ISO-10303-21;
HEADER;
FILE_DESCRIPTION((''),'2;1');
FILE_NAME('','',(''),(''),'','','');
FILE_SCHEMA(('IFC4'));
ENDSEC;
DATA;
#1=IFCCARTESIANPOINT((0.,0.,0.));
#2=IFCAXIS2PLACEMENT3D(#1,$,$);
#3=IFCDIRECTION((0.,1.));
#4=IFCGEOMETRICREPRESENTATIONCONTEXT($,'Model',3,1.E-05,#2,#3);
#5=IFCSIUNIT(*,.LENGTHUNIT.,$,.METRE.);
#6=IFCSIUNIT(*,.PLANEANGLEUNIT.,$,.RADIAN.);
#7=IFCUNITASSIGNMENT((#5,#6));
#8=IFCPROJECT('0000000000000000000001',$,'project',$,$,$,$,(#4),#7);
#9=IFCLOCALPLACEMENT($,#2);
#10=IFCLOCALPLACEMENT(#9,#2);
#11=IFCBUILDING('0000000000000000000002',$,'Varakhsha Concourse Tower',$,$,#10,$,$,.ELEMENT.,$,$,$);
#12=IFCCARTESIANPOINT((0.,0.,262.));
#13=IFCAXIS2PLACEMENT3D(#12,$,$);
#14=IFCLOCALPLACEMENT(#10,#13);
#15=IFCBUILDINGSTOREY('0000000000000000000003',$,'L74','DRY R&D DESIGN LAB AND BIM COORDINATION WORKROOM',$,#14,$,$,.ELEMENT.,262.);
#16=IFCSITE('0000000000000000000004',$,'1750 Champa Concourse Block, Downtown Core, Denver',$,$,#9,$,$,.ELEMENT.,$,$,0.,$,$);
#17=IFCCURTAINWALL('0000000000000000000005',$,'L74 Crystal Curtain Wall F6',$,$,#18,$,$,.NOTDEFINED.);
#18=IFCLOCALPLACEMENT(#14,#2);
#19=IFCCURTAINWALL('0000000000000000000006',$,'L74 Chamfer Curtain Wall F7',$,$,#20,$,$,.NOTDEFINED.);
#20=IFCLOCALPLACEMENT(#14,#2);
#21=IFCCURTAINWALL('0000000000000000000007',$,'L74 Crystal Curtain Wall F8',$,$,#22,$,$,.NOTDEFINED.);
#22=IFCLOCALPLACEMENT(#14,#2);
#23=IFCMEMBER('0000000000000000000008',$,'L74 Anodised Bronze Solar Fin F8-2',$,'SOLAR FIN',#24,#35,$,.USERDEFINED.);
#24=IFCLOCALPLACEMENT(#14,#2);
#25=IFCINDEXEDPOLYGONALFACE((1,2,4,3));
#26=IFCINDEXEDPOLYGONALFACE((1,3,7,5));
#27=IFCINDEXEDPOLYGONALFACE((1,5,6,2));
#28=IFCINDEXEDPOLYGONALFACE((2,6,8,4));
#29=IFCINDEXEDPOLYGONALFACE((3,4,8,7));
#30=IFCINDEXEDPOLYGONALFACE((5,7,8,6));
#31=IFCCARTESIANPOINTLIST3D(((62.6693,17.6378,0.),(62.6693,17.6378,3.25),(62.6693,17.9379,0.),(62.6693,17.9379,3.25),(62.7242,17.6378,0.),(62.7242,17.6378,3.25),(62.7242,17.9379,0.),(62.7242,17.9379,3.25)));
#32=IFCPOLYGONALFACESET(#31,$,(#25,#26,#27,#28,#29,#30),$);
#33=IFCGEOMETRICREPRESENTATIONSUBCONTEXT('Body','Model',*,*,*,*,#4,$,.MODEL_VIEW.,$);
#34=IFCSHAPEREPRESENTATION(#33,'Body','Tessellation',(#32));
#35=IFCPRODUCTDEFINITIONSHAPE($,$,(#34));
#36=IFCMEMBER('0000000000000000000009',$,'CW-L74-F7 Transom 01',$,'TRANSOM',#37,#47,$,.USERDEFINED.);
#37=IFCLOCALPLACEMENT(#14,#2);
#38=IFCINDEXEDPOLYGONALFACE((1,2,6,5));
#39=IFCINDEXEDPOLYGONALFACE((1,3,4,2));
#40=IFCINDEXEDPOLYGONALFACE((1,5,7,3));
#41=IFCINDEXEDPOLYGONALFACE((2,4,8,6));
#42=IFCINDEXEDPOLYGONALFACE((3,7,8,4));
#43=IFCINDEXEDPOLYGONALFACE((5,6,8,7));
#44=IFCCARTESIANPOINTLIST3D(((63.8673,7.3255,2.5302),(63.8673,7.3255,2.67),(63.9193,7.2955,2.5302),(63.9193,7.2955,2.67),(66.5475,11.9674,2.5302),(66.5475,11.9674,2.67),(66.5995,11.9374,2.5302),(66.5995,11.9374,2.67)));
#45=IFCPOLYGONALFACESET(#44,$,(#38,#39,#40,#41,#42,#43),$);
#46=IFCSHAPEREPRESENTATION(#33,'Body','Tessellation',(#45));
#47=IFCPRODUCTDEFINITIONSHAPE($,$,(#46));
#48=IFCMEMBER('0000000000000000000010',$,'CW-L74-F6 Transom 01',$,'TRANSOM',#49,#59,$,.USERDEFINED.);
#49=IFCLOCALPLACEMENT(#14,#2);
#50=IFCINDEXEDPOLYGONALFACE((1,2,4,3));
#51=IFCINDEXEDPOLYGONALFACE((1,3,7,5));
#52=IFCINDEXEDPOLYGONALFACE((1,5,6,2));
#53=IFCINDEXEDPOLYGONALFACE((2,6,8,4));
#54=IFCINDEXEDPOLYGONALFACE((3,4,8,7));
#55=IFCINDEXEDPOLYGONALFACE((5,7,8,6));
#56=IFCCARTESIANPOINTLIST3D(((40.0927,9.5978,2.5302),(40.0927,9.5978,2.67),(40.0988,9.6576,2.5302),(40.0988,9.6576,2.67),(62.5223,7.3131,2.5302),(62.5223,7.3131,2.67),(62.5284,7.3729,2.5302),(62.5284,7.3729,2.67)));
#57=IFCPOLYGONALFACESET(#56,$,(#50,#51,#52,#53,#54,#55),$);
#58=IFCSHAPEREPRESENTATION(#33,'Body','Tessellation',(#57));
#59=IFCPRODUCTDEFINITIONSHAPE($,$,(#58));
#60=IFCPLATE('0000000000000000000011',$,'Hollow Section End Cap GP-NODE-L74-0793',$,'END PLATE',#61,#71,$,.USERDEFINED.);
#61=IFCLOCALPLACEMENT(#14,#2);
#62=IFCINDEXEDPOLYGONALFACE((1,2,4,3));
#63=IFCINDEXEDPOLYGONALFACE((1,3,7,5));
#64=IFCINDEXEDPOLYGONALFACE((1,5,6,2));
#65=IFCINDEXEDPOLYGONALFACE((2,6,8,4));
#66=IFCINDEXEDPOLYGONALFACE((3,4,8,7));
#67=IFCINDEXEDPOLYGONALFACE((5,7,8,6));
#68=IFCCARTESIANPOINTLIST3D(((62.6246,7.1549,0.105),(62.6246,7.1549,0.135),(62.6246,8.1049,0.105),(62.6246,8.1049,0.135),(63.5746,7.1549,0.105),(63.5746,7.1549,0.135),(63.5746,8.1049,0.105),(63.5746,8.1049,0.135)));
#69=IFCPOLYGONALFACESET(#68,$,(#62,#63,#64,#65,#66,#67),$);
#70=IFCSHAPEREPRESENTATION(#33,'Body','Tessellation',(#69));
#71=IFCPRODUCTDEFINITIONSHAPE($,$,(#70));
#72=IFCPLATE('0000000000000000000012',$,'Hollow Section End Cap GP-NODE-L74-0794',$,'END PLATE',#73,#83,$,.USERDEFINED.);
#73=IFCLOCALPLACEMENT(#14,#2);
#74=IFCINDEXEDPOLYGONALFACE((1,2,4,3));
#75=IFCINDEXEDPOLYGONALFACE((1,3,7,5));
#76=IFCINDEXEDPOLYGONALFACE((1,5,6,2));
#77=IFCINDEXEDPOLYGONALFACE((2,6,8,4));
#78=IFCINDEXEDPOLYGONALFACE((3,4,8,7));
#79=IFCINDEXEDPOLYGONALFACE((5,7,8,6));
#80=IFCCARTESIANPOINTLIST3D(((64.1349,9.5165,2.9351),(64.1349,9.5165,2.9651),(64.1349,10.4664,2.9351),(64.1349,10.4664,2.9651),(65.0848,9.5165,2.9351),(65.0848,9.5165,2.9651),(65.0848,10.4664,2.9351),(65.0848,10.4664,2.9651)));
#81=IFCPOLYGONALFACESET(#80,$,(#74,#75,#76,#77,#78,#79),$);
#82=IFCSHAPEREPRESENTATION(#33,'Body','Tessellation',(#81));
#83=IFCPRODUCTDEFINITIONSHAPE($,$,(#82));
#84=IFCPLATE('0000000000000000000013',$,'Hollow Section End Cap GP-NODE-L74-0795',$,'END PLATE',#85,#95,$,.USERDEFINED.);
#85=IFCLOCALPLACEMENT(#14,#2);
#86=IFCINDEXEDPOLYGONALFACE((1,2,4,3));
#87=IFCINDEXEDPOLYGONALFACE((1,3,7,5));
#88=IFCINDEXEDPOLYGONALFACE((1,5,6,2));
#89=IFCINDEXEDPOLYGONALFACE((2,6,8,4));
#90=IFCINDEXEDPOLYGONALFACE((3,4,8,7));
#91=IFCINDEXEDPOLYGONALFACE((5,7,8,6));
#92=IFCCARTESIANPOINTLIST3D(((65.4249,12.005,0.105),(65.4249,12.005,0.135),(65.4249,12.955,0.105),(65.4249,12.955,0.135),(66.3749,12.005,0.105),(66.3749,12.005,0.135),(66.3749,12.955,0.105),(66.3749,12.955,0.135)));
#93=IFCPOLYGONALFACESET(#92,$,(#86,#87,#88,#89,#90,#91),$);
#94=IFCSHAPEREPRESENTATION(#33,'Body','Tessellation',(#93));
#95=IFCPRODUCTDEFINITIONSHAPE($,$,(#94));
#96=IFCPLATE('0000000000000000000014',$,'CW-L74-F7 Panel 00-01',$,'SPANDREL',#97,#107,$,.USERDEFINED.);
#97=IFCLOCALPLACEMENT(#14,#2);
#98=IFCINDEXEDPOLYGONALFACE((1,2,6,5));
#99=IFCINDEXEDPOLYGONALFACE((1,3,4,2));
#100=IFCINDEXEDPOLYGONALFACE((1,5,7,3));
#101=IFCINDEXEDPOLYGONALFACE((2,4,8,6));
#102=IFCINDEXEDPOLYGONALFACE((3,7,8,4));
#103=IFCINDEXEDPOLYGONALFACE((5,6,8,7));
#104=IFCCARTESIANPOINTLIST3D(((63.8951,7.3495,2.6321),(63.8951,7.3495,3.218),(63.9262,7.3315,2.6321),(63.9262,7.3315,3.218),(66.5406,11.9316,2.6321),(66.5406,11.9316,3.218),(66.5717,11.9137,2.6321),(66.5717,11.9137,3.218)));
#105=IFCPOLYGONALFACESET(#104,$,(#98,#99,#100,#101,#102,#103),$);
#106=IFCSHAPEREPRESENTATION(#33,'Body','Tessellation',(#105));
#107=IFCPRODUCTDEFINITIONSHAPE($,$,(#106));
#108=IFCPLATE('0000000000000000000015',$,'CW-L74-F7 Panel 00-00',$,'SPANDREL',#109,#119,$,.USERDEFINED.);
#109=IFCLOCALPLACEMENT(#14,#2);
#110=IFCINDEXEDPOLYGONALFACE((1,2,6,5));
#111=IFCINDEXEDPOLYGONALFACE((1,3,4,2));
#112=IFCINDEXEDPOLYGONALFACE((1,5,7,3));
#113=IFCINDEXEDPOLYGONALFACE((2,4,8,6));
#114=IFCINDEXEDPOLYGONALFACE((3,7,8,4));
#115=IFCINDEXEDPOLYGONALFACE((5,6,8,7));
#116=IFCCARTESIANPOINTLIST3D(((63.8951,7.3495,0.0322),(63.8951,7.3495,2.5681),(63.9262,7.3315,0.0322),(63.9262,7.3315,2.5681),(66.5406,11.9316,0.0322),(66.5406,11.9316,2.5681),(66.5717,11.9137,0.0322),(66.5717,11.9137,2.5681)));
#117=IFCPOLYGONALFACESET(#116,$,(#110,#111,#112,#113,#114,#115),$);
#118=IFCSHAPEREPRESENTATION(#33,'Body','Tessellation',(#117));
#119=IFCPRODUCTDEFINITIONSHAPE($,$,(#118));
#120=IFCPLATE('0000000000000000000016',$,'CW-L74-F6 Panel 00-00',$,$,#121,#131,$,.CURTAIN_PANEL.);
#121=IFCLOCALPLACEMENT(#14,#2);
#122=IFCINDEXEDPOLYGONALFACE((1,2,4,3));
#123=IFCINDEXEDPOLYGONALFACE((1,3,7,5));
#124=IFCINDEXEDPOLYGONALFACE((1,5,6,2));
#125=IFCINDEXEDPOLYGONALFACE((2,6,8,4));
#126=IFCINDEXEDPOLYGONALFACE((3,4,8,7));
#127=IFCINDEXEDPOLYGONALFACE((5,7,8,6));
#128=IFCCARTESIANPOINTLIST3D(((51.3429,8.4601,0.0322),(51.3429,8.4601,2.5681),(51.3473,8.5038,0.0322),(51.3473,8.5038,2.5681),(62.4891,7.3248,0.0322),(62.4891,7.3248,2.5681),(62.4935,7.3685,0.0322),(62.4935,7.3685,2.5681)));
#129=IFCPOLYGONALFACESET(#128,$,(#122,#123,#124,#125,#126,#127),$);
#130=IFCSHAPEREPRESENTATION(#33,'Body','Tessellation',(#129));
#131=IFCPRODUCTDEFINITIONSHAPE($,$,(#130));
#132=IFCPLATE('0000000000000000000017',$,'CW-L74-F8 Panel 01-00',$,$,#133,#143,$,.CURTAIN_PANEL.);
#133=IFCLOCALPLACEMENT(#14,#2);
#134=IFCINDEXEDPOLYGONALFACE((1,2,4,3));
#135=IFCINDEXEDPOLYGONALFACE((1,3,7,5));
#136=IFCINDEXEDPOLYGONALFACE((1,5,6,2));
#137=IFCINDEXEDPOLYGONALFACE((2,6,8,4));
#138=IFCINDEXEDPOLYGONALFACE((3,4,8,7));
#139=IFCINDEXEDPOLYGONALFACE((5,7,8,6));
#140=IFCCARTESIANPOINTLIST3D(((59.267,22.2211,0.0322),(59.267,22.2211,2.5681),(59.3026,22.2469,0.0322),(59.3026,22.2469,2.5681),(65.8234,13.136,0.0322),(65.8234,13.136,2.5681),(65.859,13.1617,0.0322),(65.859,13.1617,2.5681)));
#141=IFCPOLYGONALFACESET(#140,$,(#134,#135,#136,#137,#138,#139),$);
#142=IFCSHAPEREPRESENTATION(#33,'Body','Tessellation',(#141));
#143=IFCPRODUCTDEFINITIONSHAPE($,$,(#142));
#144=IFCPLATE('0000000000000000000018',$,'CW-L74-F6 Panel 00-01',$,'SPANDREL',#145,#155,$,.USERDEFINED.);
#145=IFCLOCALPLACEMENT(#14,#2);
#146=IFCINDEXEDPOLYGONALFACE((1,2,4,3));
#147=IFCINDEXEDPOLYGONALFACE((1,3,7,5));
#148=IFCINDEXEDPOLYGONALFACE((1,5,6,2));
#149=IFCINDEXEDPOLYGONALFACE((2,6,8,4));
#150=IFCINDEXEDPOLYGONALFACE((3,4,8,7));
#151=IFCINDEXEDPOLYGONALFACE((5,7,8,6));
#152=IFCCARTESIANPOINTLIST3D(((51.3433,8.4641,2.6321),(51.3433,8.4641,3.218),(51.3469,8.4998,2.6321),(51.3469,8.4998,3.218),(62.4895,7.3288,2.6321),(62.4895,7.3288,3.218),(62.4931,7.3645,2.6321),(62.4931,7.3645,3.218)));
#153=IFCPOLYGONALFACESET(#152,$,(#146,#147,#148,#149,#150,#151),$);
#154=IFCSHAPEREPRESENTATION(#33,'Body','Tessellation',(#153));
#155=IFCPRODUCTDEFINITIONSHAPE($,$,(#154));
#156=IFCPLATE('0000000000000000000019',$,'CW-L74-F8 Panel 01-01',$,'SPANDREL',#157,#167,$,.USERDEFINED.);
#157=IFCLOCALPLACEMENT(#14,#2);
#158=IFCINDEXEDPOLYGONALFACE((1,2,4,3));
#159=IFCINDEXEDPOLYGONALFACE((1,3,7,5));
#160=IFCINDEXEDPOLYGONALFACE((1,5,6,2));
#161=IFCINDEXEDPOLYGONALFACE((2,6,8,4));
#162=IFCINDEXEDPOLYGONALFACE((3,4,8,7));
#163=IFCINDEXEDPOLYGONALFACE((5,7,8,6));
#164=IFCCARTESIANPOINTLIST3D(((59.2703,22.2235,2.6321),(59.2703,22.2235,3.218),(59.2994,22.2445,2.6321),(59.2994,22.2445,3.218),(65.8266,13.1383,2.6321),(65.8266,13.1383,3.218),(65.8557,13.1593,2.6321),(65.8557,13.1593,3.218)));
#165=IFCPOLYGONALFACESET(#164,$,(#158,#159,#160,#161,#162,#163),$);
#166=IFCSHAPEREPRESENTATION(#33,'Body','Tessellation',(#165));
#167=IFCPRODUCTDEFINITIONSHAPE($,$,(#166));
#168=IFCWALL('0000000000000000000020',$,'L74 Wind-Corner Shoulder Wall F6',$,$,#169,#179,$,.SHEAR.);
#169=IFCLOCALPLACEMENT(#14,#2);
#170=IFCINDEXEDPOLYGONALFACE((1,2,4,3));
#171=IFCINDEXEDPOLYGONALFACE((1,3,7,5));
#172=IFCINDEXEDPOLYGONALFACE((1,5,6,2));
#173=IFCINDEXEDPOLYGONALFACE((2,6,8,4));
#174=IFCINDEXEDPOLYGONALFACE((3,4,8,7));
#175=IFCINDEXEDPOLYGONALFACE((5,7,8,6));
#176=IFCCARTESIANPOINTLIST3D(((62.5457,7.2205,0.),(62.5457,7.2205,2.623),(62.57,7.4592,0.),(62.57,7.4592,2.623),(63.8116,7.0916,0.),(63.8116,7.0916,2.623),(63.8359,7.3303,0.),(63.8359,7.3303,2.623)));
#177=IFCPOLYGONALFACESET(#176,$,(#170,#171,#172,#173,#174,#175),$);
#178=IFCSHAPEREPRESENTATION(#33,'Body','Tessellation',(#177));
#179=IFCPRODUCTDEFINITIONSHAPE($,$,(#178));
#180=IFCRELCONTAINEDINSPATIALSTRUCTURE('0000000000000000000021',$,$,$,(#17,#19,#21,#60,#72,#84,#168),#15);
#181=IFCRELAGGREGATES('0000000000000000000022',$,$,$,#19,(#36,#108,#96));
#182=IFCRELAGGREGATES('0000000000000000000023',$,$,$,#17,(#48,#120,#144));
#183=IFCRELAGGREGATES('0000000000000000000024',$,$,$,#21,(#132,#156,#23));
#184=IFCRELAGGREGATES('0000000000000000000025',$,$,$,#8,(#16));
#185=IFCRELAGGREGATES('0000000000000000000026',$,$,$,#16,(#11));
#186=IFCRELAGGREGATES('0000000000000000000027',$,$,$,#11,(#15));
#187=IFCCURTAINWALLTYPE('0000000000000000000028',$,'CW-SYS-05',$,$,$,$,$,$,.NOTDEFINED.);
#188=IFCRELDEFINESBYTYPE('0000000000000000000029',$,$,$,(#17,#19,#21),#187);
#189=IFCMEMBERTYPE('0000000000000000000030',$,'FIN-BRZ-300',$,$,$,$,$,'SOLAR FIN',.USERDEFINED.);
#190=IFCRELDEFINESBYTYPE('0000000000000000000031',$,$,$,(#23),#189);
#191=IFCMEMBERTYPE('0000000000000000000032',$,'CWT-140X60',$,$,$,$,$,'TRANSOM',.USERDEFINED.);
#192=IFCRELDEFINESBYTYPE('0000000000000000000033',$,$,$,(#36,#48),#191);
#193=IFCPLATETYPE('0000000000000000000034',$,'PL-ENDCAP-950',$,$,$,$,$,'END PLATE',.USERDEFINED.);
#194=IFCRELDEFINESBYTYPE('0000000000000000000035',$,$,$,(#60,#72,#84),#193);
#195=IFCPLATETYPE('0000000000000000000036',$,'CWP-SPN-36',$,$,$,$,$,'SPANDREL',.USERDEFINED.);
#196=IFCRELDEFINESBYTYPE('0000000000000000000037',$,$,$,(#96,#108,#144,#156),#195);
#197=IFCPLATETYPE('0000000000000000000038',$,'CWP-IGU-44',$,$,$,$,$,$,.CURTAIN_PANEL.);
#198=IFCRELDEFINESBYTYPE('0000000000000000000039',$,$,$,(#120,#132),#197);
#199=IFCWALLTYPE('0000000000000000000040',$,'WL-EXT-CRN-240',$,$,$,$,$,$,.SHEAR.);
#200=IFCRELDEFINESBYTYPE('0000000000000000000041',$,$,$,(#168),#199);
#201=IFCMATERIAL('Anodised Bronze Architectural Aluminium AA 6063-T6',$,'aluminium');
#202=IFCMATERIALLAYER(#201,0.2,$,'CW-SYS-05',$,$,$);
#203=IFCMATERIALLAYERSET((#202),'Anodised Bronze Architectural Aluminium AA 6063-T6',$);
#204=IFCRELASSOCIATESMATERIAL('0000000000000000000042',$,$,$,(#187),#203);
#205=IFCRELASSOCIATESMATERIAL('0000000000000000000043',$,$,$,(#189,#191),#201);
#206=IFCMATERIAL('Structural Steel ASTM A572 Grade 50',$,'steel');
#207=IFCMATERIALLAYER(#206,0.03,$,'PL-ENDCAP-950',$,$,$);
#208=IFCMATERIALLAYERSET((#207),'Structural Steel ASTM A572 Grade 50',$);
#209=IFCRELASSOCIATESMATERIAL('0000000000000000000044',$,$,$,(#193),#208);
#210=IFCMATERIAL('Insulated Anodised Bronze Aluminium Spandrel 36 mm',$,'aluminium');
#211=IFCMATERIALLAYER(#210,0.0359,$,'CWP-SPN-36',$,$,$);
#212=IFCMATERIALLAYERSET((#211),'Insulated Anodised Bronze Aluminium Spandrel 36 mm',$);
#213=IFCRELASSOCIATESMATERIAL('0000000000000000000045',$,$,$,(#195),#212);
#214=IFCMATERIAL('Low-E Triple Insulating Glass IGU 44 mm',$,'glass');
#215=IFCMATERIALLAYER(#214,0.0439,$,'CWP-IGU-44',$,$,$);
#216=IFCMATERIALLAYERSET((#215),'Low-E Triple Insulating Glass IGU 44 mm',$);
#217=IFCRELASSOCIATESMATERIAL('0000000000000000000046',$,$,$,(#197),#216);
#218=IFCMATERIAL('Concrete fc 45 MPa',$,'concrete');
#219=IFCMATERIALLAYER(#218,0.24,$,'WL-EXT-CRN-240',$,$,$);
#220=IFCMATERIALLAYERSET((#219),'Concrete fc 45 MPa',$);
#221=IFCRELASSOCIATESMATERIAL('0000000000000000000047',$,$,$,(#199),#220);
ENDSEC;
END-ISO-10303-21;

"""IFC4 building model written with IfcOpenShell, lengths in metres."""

from ifc_helpers import new_model, si_unit, direction, frame, frame_2d, origin, origin_2d, place, context, subcontext, project, spatial, rectangle, extrude, source, transform, mapped, material, layer, layer_set, material_profile, profile_set, type_object, type_shapes, element, aggregate, save


model = new_model("IFC4")

# Units and contexts
model_context = context("Model", 3, precision=1e-05, world=origin(), true_north=direction((0.0, 1.0)))
body_context = subcontext(model_context, "Body", "Model", "MODEL_VIEW")
ifc_project = project(units=[si_unit("LENGTHUNIT", "METRE"), si_unit("PLANEANGLEUNIT", "RADIAN")], contexts=[model_context])

# Site, building, storey
site_placement = place(None, origin())
site = spatial("IfcSite", under=ifc_project, at=site_placement, Name="1750 Champa Concourse Block, Downtown Core, Denver", CompositionType="ELEMENT", RefElevation=0.0)
building_placement = place(site_placement, origin())
building = spatial("IfcBuilding", under=site, at=building_placement, Name="Varakhsha Concourse Tower", CompositionType="ELEMENT")
storey_placement = place(building_placement, frame((0.0, 0.0, 262.0)))
storey = spatial("IfcBuildingStorey", under=building, at=storey_placement, Name="L74", Description="DRY R&D DESIGN LAB AND BIM COORDINATION WORKROOM", CompositionType="ELEMENT", Elevation=262.0)

# Shared definitions
ifc_material_1 = material(Name="Structural Steel ASTM A572 Grade 50", Category="steel")

# Curtain wall
ifc_material_2 = material(Name="Anodised Bronze Architectural Aluminium AA 6063-T6", Category="aluminium")
ifc_layer_1 = layer(ifc_material_2, 0.2, Name="CW-SYS-05")
ifc_layer_set_1 = layer_set([ifc_layer_1], Name="Anodised Bronze Architectural Aluminium AA 6063-T6")
curtain_wall_type = type_object("IfcCurtainWallType", Name="CW-SYS-05", PredefinedType="NOTDEFINED", material=ifc_layer_set_1)
curtain_wall_1_placement = place(storey_placement, origin())
curtain_wall_1 = element("IfcCurtainWall", 1, at=curtain_wall_1_placement, inside=storey, type_object=curtain_wall_type, Name="L74 Crystal Curtain Wall F6", PredefinedType="NOTDEFINED")

# Curtain walls
curtain_wall_2_placement = place(storey_placement, origin())
curtain_wall_2 = element("IfcCurtainWall", 2, at=curtain_wall_2_placement, inside=storey, type_object=curtain_wall_type, Name="L74 Chamfer Curtain Wall F7", PredefinedType="NOTDEFINED")
curtain_wall_3_placement = place(storey_placement, origin())
curtain_wall_3 = element("IfcCurtainWall", 3, at=curtain_wall_3_placement, inside=storey, type_object=curtain_wall_type, Name="L74 Crystal Curtain Wall F8", PredefinedType="NOTDEFINED")

# Members
ifc_material_profile_1 = material_profile(ifc_material_2, rectangle(XDim=0.0549, YDim=0.3, at=origin_2d()), Name="FIN-BRZ-300")
ifc_profile_set_1 = profile_set([ifc_material_profile_1], Name="Anodised Bronze Architectural Aluminium AA 6063-T6")
member_type_1 = type_object("IfcMemberType", Name="FIN-BRZ-300", ElementType="SOLAR FIN", PredefinedType="USERDEFINED", material=ifc_profile_set_1)
shared_shape_1 = source(origin(), body_context, "Body", "SweptSolid", [
    extrude(rectangle(XDim=0.0549, YDim=0.3, at=origin_2d()), origin(), (0.0, 0.0, 1.0), 3.25),
])
type_shapes(member_type_1, [shared_shape_1])
member_1_placement = place(storey_placement, frame((62.6968, 17.7878, 0.0), z_axis=(0.0, 0.0, 1.0), x_axis=(1.0, 0.0, 0.0)))
member_1 = element("IfcMember", 4, at=member_1_placement, type_object=member_type_1, Name="L74 Anodised Bronze Solar Fin F8-2", ObjectType="SOLAR FIN", PredefinedType="USERDEFINED", context=body_context, shape_type="MappedRepresentation", body=[
    mapped(shared_shape_1, transform((0.0, 0.0, 0.0), scale=1.0)),
])
ifc_material_profile_2 = material_profile(ifc_material_2, rectangle(XDim=0.0601, YDim=0.1399, at=origin_2d()), Name="CWT-140X60")
ifc_profile_set_2 = profile_set([ifc_material_profile_2], Name="Anodised Bronze Architectural Aluminium AA 6063-T6")
member_type_2 = type_object("IfcMemberType", Name="CWT-140X60", ElementType="TRANSOM", PredefinedType="USERDEFINED", material=ifc_profile_set_2)
shared_shape_2 = source(origin(), body_context, "Body", "SweptSolid", [
    extrude(rectangle(XDim=0.0601, YDim=0.1399, at=origin_2d()), origin(), (0.0, 0.0, 1.0), 5.3601),
])
member_2_placement = place(storey_placement, frame((66.5735, 11.9524, 2.6001), z_axis=(-0.500029, -0.866009, 0.0), x_axis=(0.866009, -0.500029, 0.0)))
member_2 = element("IfcMember", 5, at=member_2_placement, type_object=member_type_2, Name="CW-L74-F7 Transom 01", ObjectType="TRANSOM", PredefinedType="USERDEFINED", context=body_context, shape_type="MappedRepresentation", body=[
    mapped(shared_shape_2, transform((0.0, 0.0, 0.0), scale=1.0)),
])
shared_shape_3 = source(origin(), body_context, "Body", "SweptSolid", [
    extrude(rectangle(XDim=0.0601, YDim=0.1399, at=origin_2d()), origin(), (0.0, 0.0, 1.0), 22.5457),
])
type_shapes(member_type_2, [shared_shape_2, shared_shape_3])
member_3_placement = place(storey_placement, frame((62.5254, 7.343, 2.6001), z_axis=(-0.994852, 0.101335, 0.0), x_axis=(-0.101335, -0.994852, 0.0)))
member_3 = element("IfcMember", 6, at=member_3_placement, type_object=member_type_2, Name="CW-L74-F6 Transom 01", ObjectType="TRANSOM", PredefinedType="USERDEFINED", context=body_context, shape_type="MappedRepresentation", body=[
    mapped(shared_shape_3, transform((0.0, 0.0, 0.0), scale=1.0)),
])

# Plates
ifc_layer_2 = layer(ifc_material_1, 0.03, Name="PL-ENDCAP-950")
ifc_layer_set_2 = layer_set([ifc_layer_2], Name="Structural Steel ASTM A572 Grade 50")
plate_type_1 = type_object("IfcPlateType", Name="PL-ENDCAP-950", ElementType="END PLATE", PredefinedType="USERDEFINED", material=ifc_layer_set_2)
shared_shape_4 = source(origin(), body_context, "Body", "SweptSolid", [
    extrude(rectangle(XDim=0.95, YDim=0.95, at=origin_2d()), origin(), (0.0, 0.0, 1.0), 0.03),
])
type_shapes(plate_type_1, [shared_shape_4])
for number, where, z_axis, x_axis, name in (
    (7, (63.0996, 7.6299, 0.105), (0.0, 0.0, 1.0), (1.0, 0.0, 0.0), "Hollow Section End Cap GP-NODE-L74-0793"),
    (8, (64.6099, 9.9915, 2.9351), (0.0, 0.0, 1.0), (1.0, 0.0, 0.0), "Hollow Section End Cap GP-NODE-L74-0794"),
    (9, (65.8999, 12.48, 0.105), (0.0, 0.0, 1.0), (1.0, 0.0, 0.0), "Hollow Section End Cap GP-NODE-L74-0795"),
):
    element("IfcPlate", number, at=place(storey_placement, frame(where, z_axis=z_axis, x_axis=x_axis)), inside=storey, type_object=plate_type_1, Name=name, ObjectType="END PLATE", PredefinedType="USERDEFINED", context=body_context, shape_type="MappedRepresentation", body=[
        mapped(shared_shape_4, transform((0.0, 0.0, 0.0), scale=1.0)),
    ])

# Plates
ifc_material_3 = material(Name="Insulated Anodised Bronze Aluminium Spandrel 36 mm", Category="aluminium")
ifc_layer_3 = layer(ifc_material_3, 0.0359, Name="CWP-SPN-36")
ifc_layer_set_3 = layer_set([ifc_layer_3], Name="Insulated Anodised Bronze Aluminium Spandrel 36 mm")
plate_type_2 = type_object("IfcPlateType", Name="CWP-SPN-36", ElementType="SPANDREL", PredefinedType="USERDEFINED", material=ifc_layer_set_3)
shared_shape_5 = source(origin(), body_context, "Body", "SweptSolid", [
    extrude(rectangle(XDim=5.291, YDim=0.0359, at=origin_2d()), origin(), (0.0, 0.0, 1.0), 0.5859),
])
plate_1_placement = place(storey_placement, frame((65.2334, 9.6316, 2.6321), z_axis=(0.0, 0.0, 1.0), x_axis=(-0.5, -0.866025, 0.0)))
plate_1 = element("IfcPlate", 10, at=plate_1_placement, type_object=plate_type_2, Name="CW-L74-F7 Panel 00-01", ObjectType="SPANDREL", PredefinedType="USERDEFINED", context=body_context, shape_type="MappedRepresentation", body=[
    mapped(shared_shape_5, transform((0.0, 0.0, 0.0), scale=1.0)),
])
shared_shape_6 = source(origin(), body_context, "Body", "SweptSolid", [
    extrude(rectangle(XDim=5.291, YDim=0.0359, at=origin_2d()), origin(), (0.0, 0.0, 1.0), 2.5359),
])
plate_2_placement = place(storey_placement, frame((65.2334, 9.6316, 0.0322), z_axis=(0.0, 0.0, 1.0), x_axis=(-0.5, -0.866025, 0.0)))
plate_2 = element("IfcPlate", 11, at=plate_2_placement, type_object=plate_type_2, Name="CW-L74-F7 Panel 00-00", ObjectType="SPANDREL", PredefinedType="USERDEFINED", context=body_context, shape_type="MappedRepresentation", body=[
    mapped(shared_shape_6, transform((0.0, 0.0, 0.0), scale=1.0)),
])
aggregate(curtain_wall_2, [member_2, plate_2, plate_1])
ifc_material_4 = material(Name="Low-E Triple Insulating Glass IGU 44 mm", Category="glass")
ifc_layer_4 = layer(ifc_material_4, 0.0439, Name="CWP-IGU-44")
ifc_layer_set_4 = layer_set([ifc_layer_4], Name="Low-E Triple Insulating Glass IGU 44 mm")
plate_type_3 = type_object("IfcPlateType", Name="CWP-IGU-44", PredefinedType="CURTAIN_PANEL", material=ifc_layer_set_4)
shared_shape_7 = source(origin(), body_context, "Body", "SweptSolid", [
    extrude(rectangle(XDim=11.2039, YDim=0.0439, at=origin_2d()), origin(), (0.0, 0.0, 1.0), 2.5359),
])
type_shapes(plate_type_3, [shared_shape_7])
plate_3_placement = place(storey_placement, frame((56.9182, 7.9143, 0.0322), z_axis=(0.0, 0.0, 1.0), x_axis=(-0.994852, 0.101336, 0.0)))
plate_3 = element("IfcPlate", 12, at=plate_3_placement, type_object=plate_type_3, Name="CW-L74-F6 Panel 00-00", PredefinedType="CURTAIN_PANEL", context=body_context, shape_type="MappedRepresentation", body=[
    mapped(shared_shape_7, transform((0.0, 0.0, 0.0), scale=1.0)),
])
plate_4_placement = place(storey_placement, frame((62.563, 17.6914, 0.0322), z_axis=(0.0, 0.0, 1.0), x_axis=(0.585188, -0.810897, 0.0)))
plate_4 = element("IfcPlate", 13, at=plate_4_placement, type_object=plate_type_3, Name="CW-L74-F8 Panel 01-00", PredefinedType="CURTAIN_PANEL", context=body_context, shape_type="MappedRepresentation", body=[
    mapped(shared_shape_7, transform((0.0, 0.0, 0.0), scale=1.0)),
])
shared_shape_8 = source(origin(), body_context, "Body", "SweptSolid", [
    extrude(rectangle(XDim=11.2039, YDim=0.0359, at=origin_2d()), origin(), (0.0, 0.0, 1.0), 0.5859),
])
type_shapes(plate_type_2, [shared_shape_5, shared_shape_6, shared_shape_8])
plate_5_placement = place(storey_placement, frame((56.9182, 7.9143, 2.6321), z_axis=(0.0, 0.0, 1.0), x_axis=(-0.994852, 0.101336, 0.0)))
plate_5 = element("IfcPlate", 14, at=plate_5_placement, type_object=plate_type_2, Name="CW-L74-F6 Panel 00-01", ObjectType="SPANDREL", PredefinedType="USERDEFINED", context=body_context, shape_type="MappedRepresentation", body=[
    mapped(shared_shape_8, transform((0.0, 0.0, 0.0), scale=1.0)),
])
aggregate(curtain_wall_1, [member_3, plate_3, plate_5])
plate_6_placement = place(storey_placement, frame((62.563, 17.6914, 2.6321), z_axis=(0.0, 0.0, 1.0), x_axis=(0.585188, -0.810897, 0.0)))
plate_6 = element("IfcPlate", 15, at=plate_6_placement, type_object=plate_type_2, Name="CW-L74-F8 Panel 01-01", ObjectType="SPANDREL", PredefinedType="USERDEFINED", context=body_context, shape_type="MappedRepresentation", body=[
    mapped(shared_shape_8, transform((0.0, 0.0, 0.0), scale=1.0)),
])
aggregate(curtain_wall_3, [plate_4, plate_6, member_1])

# Wall
ifc_material_5 = material(Name="Concrete fc 45 MPa", Category="concrete")
ifc_layer_5 = layer(ifc_material_5, 0.24, Name="WL-EXT-CRN-240")
ifc_layer_set_5 = layer_set([ifc_layer_5], Name="Concrete fc 45 MPa")
wall_type = type_object("IfcWallType", Name="WL-EXT-CRN-240", PredefinedType="SHEAR", material=ifc_layer_set_5)
wall_1_placement = place(storey_placement, frame((62.5579, 7.3398, 0.0), z_axis=(0.0, 0.0, 1.0), x_axis=(0.994855, -0.101308, 0.0)))
element("IfcWall", 16, at=wall_1_placement, inside=storey, type_object=wall_type, Name="L74 Wind-Corner Shoulder Wall F6", PredefinedType="SHEAR", context=body_context, shape_type="SweptSolid", body=[
    extrude(rectangle(XDim=1.2725, YDim=0.24, at=frame_2d((0.6362, 0.0))), origin(), (0.0, 0.0, 1.0), 2.623),
])

save(model, "model.ifc")
